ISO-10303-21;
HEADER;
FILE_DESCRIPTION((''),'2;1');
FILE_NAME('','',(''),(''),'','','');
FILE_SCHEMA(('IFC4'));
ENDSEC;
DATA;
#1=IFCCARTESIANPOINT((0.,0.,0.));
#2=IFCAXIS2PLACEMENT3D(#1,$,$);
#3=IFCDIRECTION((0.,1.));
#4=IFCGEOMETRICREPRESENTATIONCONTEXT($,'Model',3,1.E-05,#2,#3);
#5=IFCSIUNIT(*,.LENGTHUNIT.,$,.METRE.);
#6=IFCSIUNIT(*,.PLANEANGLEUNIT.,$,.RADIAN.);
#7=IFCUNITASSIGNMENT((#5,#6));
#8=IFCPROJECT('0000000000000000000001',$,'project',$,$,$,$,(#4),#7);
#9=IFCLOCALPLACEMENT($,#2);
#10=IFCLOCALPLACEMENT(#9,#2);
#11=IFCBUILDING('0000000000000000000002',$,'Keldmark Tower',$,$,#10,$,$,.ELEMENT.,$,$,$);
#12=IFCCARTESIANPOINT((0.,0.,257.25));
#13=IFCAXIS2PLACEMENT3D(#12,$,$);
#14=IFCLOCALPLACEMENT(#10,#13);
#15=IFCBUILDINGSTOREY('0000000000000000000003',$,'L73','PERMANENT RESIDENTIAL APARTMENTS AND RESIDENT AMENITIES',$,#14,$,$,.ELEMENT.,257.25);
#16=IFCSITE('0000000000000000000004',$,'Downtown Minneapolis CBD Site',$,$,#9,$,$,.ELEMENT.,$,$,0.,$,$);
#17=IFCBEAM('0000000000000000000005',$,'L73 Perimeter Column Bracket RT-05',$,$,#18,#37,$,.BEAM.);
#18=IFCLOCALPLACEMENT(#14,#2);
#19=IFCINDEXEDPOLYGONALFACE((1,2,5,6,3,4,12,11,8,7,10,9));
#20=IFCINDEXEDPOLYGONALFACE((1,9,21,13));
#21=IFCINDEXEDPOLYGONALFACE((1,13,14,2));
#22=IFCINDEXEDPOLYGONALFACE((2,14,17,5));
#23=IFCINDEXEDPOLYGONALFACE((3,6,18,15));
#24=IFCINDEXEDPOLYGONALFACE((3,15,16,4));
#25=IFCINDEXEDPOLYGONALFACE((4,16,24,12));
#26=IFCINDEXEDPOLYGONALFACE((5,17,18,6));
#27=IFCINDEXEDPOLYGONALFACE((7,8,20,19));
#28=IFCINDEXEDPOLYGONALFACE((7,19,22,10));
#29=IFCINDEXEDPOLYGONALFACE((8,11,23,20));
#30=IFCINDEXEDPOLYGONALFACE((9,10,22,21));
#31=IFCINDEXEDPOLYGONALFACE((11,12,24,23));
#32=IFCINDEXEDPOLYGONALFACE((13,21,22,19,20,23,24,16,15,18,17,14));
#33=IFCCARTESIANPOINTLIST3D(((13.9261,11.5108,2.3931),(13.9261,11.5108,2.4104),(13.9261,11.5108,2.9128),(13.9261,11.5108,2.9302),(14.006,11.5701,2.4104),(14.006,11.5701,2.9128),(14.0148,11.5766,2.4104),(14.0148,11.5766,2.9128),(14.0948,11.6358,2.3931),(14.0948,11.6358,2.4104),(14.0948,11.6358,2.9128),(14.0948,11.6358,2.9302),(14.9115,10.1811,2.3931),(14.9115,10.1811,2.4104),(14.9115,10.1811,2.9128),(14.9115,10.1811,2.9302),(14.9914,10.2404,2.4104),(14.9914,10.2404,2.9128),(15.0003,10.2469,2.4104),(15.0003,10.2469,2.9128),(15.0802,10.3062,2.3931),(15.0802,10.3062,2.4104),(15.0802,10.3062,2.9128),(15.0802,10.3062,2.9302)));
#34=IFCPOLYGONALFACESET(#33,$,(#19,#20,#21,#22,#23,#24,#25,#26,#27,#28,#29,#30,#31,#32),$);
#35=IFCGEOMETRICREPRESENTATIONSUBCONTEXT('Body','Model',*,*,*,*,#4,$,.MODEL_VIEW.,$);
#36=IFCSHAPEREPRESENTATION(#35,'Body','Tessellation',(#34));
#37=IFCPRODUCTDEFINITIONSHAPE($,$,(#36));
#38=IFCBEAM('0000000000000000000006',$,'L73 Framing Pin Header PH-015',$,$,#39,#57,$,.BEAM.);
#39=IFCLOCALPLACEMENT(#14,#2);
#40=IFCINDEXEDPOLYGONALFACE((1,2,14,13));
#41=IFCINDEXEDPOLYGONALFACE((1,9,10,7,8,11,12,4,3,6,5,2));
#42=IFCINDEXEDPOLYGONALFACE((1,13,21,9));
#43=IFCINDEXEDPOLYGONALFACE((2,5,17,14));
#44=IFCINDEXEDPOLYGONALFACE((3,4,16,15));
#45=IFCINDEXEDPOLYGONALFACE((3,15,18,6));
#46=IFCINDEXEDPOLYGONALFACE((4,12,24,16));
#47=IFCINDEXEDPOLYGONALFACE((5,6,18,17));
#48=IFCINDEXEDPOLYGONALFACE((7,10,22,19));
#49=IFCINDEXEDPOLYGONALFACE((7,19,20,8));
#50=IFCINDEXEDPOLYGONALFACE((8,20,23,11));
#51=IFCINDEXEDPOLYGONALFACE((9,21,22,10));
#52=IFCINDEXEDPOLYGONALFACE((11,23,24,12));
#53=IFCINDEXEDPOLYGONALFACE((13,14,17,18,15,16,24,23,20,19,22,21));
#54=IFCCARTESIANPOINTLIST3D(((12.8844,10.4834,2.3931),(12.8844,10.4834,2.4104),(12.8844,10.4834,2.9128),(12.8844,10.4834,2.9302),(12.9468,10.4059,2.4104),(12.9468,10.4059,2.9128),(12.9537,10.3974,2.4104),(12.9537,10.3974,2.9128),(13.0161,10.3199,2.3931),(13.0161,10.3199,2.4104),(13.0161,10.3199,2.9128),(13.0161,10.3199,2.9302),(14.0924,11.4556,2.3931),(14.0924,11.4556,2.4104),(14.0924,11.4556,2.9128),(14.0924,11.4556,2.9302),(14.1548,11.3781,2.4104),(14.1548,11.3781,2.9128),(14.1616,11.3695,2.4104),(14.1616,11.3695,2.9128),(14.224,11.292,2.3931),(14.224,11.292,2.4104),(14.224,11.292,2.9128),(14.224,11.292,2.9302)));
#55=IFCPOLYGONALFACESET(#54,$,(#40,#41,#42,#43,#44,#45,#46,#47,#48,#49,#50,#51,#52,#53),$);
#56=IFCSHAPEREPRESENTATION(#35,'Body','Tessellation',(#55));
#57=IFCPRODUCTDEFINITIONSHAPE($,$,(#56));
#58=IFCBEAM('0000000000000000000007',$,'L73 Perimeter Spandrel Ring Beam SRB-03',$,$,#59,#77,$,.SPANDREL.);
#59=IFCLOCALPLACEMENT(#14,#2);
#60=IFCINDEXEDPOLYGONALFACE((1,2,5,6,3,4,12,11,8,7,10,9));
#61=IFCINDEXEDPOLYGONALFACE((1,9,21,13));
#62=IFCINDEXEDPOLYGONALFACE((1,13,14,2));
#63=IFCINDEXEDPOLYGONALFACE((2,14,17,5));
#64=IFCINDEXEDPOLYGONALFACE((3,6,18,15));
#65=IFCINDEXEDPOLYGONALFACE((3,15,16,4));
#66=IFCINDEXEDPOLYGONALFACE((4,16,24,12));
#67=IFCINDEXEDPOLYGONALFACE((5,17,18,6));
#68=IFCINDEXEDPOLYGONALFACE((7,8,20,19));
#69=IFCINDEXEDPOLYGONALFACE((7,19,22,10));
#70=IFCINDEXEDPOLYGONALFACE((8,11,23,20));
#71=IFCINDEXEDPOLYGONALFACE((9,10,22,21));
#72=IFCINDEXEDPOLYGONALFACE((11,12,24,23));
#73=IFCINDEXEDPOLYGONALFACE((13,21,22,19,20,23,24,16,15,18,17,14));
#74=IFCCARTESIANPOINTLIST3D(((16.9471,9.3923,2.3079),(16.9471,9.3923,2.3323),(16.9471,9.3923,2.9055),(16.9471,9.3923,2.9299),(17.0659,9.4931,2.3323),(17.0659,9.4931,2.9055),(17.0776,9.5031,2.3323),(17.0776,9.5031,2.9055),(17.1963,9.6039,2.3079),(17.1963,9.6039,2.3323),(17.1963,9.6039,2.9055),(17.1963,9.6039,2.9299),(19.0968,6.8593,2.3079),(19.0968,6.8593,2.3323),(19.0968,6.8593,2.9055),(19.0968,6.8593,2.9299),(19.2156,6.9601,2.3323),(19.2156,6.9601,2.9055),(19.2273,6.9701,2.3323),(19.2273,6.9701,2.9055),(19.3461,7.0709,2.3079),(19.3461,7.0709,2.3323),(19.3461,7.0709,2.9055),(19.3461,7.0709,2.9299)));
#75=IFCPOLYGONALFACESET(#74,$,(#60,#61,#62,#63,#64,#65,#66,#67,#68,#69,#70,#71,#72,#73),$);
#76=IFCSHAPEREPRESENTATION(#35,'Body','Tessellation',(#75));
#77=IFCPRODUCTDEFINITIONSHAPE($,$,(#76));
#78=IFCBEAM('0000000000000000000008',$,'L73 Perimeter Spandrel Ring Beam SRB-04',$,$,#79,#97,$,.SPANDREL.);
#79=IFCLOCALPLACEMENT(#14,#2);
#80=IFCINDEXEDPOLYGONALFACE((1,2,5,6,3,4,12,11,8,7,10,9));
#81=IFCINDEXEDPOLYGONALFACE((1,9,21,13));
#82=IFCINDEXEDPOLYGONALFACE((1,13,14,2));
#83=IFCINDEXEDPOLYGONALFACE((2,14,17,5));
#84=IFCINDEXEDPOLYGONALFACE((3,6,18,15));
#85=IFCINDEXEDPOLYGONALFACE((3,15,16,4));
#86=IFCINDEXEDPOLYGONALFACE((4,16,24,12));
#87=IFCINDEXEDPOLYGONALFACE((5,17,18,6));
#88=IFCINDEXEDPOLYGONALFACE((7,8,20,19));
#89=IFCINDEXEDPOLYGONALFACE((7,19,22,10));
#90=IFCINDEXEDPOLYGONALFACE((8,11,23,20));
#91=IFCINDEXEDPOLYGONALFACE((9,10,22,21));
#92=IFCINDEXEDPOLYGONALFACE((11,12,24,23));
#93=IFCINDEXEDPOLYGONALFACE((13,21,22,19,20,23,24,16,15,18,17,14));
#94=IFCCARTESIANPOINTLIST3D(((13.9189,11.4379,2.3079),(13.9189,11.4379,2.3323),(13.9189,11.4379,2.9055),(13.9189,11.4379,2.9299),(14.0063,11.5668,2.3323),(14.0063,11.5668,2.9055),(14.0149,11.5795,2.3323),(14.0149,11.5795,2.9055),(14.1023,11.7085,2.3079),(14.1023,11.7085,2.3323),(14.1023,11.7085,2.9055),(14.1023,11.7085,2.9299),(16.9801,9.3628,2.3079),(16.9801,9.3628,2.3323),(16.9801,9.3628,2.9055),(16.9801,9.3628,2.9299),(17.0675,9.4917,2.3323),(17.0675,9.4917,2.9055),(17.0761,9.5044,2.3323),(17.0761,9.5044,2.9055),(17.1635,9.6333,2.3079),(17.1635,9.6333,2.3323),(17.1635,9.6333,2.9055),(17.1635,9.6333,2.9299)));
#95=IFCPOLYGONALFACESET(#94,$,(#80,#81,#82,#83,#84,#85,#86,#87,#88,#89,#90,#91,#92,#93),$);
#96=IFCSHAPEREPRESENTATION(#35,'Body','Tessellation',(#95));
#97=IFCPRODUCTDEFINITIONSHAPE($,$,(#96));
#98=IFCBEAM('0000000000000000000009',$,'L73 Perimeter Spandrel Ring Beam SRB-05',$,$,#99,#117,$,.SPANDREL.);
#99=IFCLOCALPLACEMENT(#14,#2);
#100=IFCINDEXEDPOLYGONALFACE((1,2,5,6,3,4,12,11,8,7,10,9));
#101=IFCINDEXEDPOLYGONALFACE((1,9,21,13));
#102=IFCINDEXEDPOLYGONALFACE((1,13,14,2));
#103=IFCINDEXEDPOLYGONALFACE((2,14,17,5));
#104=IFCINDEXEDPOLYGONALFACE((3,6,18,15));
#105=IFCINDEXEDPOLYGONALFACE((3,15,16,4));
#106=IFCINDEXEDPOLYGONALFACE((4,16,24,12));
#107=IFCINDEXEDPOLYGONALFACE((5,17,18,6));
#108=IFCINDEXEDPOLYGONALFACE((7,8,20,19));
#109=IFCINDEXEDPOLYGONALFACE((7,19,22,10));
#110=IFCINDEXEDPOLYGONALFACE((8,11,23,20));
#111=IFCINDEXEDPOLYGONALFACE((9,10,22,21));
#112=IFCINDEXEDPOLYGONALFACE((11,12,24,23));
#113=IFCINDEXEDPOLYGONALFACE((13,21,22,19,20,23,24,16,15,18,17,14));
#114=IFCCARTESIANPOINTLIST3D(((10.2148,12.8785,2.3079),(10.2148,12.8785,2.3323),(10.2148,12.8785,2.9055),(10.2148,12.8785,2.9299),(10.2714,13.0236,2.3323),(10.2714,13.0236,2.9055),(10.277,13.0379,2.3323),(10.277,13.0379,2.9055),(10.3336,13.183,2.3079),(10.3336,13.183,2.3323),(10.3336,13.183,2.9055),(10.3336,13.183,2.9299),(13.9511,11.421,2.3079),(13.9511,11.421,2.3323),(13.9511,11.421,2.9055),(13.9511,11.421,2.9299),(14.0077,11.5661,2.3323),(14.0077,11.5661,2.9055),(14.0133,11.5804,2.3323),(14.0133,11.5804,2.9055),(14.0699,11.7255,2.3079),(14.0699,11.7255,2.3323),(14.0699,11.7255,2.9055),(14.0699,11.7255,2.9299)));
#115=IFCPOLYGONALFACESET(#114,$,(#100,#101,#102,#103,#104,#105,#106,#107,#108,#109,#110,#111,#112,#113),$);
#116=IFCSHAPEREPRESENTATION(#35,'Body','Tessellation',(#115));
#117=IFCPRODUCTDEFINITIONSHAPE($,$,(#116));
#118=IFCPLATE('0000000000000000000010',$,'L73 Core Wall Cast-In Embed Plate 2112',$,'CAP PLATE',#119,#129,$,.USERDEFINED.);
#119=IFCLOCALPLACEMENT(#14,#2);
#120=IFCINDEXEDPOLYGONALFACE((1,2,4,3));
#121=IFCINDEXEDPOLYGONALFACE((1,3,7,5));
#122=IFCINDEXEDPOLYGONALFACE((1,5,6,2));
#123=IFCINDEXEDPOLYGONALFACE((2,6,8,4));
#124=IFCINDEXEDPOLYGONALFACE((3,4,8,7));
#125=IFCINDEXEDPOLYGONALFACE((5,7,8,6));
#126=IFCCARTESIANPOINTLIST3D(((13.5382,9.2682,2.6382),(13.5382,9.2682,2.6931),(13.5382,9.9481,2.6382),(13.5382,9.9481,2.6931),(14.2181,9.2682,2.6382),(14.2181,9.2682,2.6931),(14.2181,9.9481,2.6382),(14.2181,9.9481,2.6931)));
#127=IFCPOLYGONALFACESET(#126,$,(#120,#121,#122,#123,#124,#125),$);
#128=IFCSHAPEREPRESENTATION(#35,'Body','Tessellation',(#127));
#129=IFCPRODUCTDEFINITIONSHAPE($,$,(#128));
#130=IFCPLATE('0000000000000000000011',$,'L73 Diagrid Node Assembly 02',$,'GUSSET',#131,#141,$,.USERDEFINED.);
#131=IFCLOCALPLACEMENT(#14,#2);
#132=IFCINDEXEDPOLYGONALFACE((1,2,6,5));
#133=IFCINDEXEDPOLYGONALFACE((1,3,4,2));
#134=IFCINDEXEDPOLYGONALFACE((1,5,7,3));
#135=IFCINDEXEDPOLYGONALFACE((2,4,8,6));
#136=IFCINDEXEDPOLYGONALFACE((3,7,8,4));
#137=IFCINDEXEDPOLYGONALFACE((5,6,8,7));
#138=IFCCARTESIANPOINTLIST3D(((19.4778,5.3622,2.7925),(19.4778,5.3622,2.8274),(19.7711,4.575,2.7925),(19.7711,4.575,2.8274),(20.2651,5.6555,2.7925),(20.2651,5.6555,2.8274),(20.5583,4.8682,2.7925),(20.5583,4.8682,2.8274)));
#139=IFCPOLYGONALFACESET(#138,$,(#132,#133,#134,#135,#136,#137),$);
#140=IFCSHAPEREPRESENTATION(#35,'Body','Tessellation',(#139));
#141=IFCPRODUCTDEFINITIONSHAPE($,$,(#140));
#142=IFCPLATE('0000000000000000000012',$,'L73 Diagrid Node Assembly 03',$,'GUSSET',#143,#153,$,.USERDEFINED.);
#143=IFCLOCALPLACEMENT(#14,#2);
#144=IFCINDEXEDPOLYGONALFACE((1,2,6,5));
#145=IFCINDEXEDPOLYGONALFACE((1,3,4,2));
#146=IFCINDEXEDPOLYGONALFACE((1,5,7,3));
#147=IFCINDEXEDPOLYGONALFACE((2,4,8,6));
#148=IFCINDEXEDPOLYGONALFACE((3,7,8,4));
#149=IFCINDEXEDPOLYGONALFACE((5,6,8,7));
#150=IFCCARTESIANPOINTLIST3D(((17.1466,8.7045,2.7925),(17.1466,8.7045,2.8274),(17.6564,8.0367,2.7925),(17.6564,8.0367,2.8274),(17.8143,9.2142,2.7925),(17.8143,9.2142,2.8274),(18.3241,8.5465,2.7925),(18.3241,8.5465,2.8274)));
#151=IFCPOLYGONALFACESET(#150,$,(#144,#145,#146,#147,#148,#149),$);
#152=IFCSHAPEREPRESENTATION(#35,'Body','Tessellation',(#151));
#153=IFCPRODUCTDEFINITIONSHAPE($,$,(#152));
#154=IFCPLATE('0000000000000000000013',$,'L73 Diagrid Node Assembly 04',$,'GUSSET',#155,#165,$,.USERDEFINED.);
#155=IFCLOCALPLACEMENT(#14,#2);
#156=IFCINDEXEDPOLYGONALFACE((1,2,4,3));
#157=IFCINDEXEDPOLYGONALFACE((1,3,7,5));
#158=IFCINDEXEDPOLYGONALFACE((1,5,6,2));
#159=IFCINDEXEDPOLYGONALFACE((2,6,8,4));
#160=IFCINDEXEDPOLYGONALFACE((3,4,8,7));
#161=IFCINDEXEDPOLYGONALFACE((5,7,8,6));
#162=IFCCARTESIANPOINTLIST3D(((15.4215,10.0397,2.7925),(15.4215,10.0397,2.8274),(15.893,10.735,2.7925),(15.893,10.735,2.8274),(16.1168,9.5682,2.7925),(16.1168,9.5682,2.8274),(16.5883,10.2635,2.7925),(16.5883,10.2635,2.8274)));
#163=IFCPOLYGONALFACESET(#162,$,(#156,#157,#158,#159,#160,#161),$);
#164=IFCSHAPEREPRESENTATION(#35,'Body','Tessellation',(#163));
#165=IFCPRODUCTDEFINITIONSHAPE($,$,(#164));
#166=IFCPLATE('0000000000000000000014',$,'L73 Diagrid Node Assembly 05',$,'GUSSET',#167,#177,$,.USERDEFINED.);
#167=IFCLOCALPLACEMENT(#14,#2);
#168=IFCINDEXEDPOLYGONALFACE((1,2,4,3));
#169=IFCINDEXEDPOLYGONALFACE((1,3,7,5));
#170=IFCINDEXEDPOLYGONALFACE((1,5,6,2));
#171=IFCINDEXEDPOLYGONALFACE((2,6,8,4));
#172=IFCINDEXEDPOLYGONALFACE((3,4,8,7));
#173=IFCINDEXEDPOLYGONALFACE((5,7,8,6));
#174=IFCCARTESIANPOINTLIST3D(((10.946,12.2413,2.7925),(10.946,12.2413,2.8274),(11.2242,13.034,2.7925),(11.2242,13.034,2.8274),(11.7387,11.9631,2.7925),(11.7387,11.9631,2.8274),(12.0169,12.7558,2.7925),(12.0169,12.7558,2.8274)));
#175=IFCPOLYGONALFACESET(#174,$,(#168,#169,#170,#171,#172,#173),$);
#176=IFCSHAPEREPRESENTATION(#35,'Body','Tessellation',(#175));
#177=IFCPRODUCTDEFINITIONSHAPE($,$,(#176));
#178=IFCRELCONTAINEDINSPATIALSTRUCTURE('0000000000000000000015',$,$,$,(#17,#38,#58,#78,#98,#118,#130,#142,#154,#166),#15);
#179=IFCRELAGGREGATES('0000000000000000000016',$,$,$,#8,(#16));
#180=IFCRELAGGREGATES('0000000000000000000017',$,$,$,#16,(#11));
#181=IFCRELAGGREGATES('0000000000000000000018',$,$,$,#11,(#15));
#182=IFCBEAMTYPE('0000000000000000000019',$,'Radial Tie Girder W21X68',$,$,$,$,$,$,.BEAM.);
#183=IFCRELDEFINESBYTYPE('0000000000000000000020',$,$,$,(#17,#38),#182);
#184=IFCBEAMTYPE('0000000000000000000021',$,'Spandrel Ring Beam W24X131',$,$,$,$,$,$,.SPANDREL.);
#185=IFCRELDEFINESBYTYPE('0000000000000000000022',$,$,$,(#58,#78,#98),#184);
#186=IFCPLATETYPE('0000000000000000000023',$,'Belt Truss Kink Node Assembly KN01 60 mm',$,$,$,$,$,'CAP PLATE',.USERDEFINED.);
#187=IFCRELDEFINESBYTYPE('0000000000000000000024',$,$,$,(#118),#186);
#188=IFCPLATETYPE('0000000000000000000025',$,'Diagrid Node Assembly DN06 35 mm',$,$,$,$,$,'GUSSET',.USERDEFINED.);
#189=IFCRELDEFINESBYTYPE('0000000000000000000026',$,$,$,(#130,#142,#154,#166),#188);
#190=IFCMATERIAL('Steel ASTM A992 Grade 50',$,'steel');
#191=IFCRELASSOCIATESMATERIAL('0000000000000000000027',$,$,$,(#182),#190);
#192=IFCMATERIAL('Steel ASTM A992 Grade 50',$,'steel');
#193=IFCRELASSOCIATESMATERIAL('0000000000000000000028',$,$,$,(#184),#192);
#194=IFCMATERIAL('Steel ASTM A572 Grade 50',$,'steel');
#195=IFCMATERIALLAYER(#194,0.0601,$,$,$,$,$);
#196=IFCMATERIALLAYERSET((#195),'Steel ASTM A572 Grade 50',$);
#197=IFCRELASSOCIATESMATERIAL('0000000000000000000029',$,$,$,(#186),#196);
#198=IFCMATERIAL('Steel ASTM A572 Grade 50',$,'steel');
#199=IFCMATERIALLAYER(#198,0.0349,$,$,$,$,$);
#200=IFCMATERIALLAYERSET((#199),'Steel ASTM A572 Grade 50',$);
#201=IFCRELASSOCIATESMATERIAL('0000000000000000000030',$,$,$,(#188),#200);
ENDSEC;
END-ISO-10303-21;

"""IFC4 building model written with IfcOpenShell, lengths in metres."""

from ifc_helpers import new_model, si_unit, direction, frame, origin, origin_2d, place, context, subcontext, project, spatial, rectangle, i_section, extrude, material, layer, layer_set, material_profile, profile_set, type_object, element, save


model = new_model("IFC4")

# Units and contexts
model_context = context("Model", 3, precision=1e-05, world=origin(), true_north=direction((0.0, 1.0)))
body_context = subcontext(model_context, "Body", "Model", "MODEL_VIEW")
ifc_project = project(units=[si_unit("LENGTHUNIT", "METRE"), si_unit("PLANEANGLEUNIT", "RADIAN")], contexts=[model_context])

# Site, building, storey
site_placement = place(None, origin())
site = spatial("IfcSite", under=ifc_project, at=site_placement, Name="Downtown Minneapolis CBD Site", CompositionType="ELEMENT", RefElevation=0.0)
building_placement = place(site_placement, origin())
building = spatial("IfcBuilding", under=site, at=building_placement, Name="Keldmark Tower", CompositionType="ELEMENT")
storey_placement = place(building_placement, frame((0.0, 0.0, 257.25)))
storey = spatial("IfcBuildingStorey", under=building, at=storey_placement, Name="L73", Description="PERMANENT RESIDENTIAL APARTMENTS AND RESIDENT AMENITIES", CompositionType="ELEMENT", Elevation=257.25)

# Beams
ifc_material_1 = material(Name="Steel ASTM A992 Grade 50", Category="steel")
ifc_material_profile_1 = material_profile(ifc_material_1, i_section(OverallWidth=0.21, OverallDepth=0.5371, WebThickness=0.011, FlangeThickness=0.0173, at=origin_2d()), Name="W21X68")
ifc_profile_set_1 = profile_set([ifc_material_profile_1], Name="Steel ASTM A992 Grade 50")
beam_type_1 = type_object("IfcBeamType", Name="Radial Tie Girder W21X68", PredefinedType="BEAM", material=ifc_profile_set_1)
beam_1_placement = place(storey_placement, frame((14.9958, 10.2437, 2.6616), z_axis=(-0.595411, 0.803421, 0.0), x_axis=(-0.803421, -0.595411, 0.0)))
element("IfcBeam", 1, at=beam_1_placement, inside=storey, type_object=beam_type_1, Name="L73 Perimeter Column Bracket RT-05", PredefinedType="BEAM", context=body_context, shape_type="SweptSolid", body=[
    extrude(i_section(OverallWidth=0.21, OverallDepth=0.5371, WebThickness=0.011, FlangeThickness=0.0173, at=origin_2d()), origin(), (0.0, 0.0, 1.0), 1.655),
])
beam_2_placement = place(storey_placement, frame((14.1582, 11.3738, 2.6616), z_axis=(-0.779053, -0.626958, 0.0), x_axis=(0.626958, -0.779053, 0.0)))
element("IfcBeam", 2, at=beam_2_placement, inside=storey, type_object=beam_type_1, Name="L73 Framing Pin Header PH-015", PredefinedType="BEAM", context=body_context, shape_type="SweptSolid", body=[
    extrude(i_section(OverallWidth=0.21, OverallDepth=0.5371, WebThickness=0.011, FlangeThickness=0.0173, at=origin_2d()), origin(), (0.0, 0.0, 1.0), 1.5505),
])
ifc_material_2 = material(Name="Steel ASTM A992 Grade 50", Category="steel")
ifc_material_profile_2 = material_profile(ifc_material_2, i_section(OverallWidth=0.3269, OverallDepth=0.6221, WebThickness=0.0154, FlangeThickness=0.0244, at=origin_2d()), Name="W24X131")
ifc_profile_set_2 = profile_set([ifc_material_profile_2], Name="Steel ASTM A992 Grade 50")
beam_type_2 = type_object("IfcBeamType", Name="Spandrel Ring Beam W24X131", PredefinedType="SPANDREL", material=ifc_profile_set_2)
beam_3_placement = place(storey_placement, frame((19.2214, 6.9651, 2.6189), z_axis=(-0.647062, 0.762438, 0.0), x_axis=(-0.762438, -0.647062, 0.0)))
element("IfcBeam", 3, at=beam_3_placement, inside=storey, type_object=beam_type_2, Name="L73 Perimeter Spandrel Ring Beam SRB-03", PredefinedType="SPANDREL", context=body_context, shape_type="SweptSolid", body=[
    extrude(i_section(OverallWidth=0.3269, OverallDepth=0.6221, WebThickness=0.0154, FlangeThickness=0.0244, at=origin_2d()), origin(), (0.0, 0.0, 1.0), 3.3223),
])
beam_4_placement = place(storey_placement, frame((17.0718, 9.498, 2.6189), z_axis=(-0.82774, 0.561112, 0.0), x_axis=(-0.561112, -0.82774, 0.0)))
element("IfcBeam", 4, at=beam_4_placement, inside=storey, type_object=beam_type_2, Name="L73 Perimeter Spandrel Ring Beam SRB-04", PredefinedType="SPANDREL", context=body_context, shape_type="SweptSolid", body=[
    extrude(i_section(OverallWidth=0.3269, OverallDepth=0.6221, WebThickness=0.0154, FlangeThickness=0.0244, at=origin_2d()), origin(), (0.0, 0.0, 1.0), 3.6982),
])
beam_5_placement = place(storey_placement, frame((14.0105, 11.5732, 2.6189), z_axis=(-0.931625, 0.363421, 0.0), x_axis=(-0.363421, -0.931625, 0.0)))
element("IfcBeam", 5, at=beam_5_placement, inside=storey, type_object=beam_type_2, Name="L73 Perimeter Spandrel Ring Beam SRB-05", PredefinedType="SPANDREL", context=body_context, shape_type="SweptSolid", body=[
    extrude(i_section(OverallWidth=0.3269, OverallDepth=0.6221, WebThickness=0.0154, FlangeThickness=0.0244, at=origin_2d()), origin(), (0.0, 0.0, 1.0), 4.0105),
])

# Plates
ifc_material_3 = material(Name="Steel ASTM A572 Grade 50", Category="steel")
ifc_layer_1 = layer(ifc_material_3, 0.0601)
ifc_layer_set_1 = layer_set([ifc_layer_1], Name="Steel ASTM A572 Grade 50")
plate_type_1 = type_object("IfcPlateType", Name="Belt Truss Kink Node Assembly KN01 60 mm", ElementType="CAP PLATE", PredefinedType="USERDEFINED", material=ifc_layer_set_1)
plate_placement = place(storey_placement, frame((13.8782, 9.6082, 2.6382), z_axis=(0.0, 0.0, 1.0), x_axis=(1.0, 0.0, 0.0)))
element("IfcPlate", 6, at=plate_placement, inside=storey, type_object=plate_type_1, Name="L73 Core Wall Cast-In Embed Plate 2112", ObjectType="CAP PLATE", PredefinedType="USERDEFINED", context=body_context, shape_type="SweptSolid", body=[
    extrude(rectangle(XDim=0.6799, YDim=0.6799, at=origin_2d()), origin(), (0.0, 0.0, 1.0), 0.0549),
])
ifc_material_4 = material(Name="Steel ASTM A572 Grade 50", Category="steel")
ifc_layer_2 = layer(ifc_material_4, 0.0349)
ifc_layer_set_2 = layer_set([ifc_layer_2], Name="Steel ASTM A572 Grade 50")
plate_type_2 = type_object("IfcPlateType", Name="Diagrid Node Assembly DN06 35 mm", ElementType="GUSSET", PredefinedType="USERDEFINED", material=ifc_layer_set_2)
for number, where, z_axis, x_axis, name in (
    (7, (20.0181, 5.1152, 2.7925), (0.0, 0.0, 1.0), (-0.349063, 0.937099, 0.0), "L73 Diagrid Node Assembly 02"),
    (8, (17.7354, 8.6255, 2.7925), (0.0, 0.0, 1.0), (-0.606821, 0.794838, 0.0), "L73 Diagrid Node Assembly 03"),
    (9, (16.0049, 10.1516, 2.7925), (0.0, 0.0, 1.0), (-0.827669, 0.561217, 0.0), "L73 Diagrid Node Assembly 04"),
    (10, (11.4814, 12.4985, 2.7925), (0.0, 0.0, 1.0), (-0.94357, 0.331173, 0.0), "L73 Diagrid Node Assembly 05"),
):
    element("IfcPlate", number, at=place(storey_placement, frame(where, z_axis=z_axis, x_axis=x_axis)), inside=storey, type_object=plate_type_2, Name=name, ObjectType="GUSSET", PredefinedType="USERDEFINED", context=body_context, shape_type="SweptSolid", body=[
        extrude(rectangle(XDim=0.8401, YDim=0.8401, at=origin_2d()), origin(), (0.0, 0.0, 1.0), 0.0349),
    ])

save(model, "model.ifc")
